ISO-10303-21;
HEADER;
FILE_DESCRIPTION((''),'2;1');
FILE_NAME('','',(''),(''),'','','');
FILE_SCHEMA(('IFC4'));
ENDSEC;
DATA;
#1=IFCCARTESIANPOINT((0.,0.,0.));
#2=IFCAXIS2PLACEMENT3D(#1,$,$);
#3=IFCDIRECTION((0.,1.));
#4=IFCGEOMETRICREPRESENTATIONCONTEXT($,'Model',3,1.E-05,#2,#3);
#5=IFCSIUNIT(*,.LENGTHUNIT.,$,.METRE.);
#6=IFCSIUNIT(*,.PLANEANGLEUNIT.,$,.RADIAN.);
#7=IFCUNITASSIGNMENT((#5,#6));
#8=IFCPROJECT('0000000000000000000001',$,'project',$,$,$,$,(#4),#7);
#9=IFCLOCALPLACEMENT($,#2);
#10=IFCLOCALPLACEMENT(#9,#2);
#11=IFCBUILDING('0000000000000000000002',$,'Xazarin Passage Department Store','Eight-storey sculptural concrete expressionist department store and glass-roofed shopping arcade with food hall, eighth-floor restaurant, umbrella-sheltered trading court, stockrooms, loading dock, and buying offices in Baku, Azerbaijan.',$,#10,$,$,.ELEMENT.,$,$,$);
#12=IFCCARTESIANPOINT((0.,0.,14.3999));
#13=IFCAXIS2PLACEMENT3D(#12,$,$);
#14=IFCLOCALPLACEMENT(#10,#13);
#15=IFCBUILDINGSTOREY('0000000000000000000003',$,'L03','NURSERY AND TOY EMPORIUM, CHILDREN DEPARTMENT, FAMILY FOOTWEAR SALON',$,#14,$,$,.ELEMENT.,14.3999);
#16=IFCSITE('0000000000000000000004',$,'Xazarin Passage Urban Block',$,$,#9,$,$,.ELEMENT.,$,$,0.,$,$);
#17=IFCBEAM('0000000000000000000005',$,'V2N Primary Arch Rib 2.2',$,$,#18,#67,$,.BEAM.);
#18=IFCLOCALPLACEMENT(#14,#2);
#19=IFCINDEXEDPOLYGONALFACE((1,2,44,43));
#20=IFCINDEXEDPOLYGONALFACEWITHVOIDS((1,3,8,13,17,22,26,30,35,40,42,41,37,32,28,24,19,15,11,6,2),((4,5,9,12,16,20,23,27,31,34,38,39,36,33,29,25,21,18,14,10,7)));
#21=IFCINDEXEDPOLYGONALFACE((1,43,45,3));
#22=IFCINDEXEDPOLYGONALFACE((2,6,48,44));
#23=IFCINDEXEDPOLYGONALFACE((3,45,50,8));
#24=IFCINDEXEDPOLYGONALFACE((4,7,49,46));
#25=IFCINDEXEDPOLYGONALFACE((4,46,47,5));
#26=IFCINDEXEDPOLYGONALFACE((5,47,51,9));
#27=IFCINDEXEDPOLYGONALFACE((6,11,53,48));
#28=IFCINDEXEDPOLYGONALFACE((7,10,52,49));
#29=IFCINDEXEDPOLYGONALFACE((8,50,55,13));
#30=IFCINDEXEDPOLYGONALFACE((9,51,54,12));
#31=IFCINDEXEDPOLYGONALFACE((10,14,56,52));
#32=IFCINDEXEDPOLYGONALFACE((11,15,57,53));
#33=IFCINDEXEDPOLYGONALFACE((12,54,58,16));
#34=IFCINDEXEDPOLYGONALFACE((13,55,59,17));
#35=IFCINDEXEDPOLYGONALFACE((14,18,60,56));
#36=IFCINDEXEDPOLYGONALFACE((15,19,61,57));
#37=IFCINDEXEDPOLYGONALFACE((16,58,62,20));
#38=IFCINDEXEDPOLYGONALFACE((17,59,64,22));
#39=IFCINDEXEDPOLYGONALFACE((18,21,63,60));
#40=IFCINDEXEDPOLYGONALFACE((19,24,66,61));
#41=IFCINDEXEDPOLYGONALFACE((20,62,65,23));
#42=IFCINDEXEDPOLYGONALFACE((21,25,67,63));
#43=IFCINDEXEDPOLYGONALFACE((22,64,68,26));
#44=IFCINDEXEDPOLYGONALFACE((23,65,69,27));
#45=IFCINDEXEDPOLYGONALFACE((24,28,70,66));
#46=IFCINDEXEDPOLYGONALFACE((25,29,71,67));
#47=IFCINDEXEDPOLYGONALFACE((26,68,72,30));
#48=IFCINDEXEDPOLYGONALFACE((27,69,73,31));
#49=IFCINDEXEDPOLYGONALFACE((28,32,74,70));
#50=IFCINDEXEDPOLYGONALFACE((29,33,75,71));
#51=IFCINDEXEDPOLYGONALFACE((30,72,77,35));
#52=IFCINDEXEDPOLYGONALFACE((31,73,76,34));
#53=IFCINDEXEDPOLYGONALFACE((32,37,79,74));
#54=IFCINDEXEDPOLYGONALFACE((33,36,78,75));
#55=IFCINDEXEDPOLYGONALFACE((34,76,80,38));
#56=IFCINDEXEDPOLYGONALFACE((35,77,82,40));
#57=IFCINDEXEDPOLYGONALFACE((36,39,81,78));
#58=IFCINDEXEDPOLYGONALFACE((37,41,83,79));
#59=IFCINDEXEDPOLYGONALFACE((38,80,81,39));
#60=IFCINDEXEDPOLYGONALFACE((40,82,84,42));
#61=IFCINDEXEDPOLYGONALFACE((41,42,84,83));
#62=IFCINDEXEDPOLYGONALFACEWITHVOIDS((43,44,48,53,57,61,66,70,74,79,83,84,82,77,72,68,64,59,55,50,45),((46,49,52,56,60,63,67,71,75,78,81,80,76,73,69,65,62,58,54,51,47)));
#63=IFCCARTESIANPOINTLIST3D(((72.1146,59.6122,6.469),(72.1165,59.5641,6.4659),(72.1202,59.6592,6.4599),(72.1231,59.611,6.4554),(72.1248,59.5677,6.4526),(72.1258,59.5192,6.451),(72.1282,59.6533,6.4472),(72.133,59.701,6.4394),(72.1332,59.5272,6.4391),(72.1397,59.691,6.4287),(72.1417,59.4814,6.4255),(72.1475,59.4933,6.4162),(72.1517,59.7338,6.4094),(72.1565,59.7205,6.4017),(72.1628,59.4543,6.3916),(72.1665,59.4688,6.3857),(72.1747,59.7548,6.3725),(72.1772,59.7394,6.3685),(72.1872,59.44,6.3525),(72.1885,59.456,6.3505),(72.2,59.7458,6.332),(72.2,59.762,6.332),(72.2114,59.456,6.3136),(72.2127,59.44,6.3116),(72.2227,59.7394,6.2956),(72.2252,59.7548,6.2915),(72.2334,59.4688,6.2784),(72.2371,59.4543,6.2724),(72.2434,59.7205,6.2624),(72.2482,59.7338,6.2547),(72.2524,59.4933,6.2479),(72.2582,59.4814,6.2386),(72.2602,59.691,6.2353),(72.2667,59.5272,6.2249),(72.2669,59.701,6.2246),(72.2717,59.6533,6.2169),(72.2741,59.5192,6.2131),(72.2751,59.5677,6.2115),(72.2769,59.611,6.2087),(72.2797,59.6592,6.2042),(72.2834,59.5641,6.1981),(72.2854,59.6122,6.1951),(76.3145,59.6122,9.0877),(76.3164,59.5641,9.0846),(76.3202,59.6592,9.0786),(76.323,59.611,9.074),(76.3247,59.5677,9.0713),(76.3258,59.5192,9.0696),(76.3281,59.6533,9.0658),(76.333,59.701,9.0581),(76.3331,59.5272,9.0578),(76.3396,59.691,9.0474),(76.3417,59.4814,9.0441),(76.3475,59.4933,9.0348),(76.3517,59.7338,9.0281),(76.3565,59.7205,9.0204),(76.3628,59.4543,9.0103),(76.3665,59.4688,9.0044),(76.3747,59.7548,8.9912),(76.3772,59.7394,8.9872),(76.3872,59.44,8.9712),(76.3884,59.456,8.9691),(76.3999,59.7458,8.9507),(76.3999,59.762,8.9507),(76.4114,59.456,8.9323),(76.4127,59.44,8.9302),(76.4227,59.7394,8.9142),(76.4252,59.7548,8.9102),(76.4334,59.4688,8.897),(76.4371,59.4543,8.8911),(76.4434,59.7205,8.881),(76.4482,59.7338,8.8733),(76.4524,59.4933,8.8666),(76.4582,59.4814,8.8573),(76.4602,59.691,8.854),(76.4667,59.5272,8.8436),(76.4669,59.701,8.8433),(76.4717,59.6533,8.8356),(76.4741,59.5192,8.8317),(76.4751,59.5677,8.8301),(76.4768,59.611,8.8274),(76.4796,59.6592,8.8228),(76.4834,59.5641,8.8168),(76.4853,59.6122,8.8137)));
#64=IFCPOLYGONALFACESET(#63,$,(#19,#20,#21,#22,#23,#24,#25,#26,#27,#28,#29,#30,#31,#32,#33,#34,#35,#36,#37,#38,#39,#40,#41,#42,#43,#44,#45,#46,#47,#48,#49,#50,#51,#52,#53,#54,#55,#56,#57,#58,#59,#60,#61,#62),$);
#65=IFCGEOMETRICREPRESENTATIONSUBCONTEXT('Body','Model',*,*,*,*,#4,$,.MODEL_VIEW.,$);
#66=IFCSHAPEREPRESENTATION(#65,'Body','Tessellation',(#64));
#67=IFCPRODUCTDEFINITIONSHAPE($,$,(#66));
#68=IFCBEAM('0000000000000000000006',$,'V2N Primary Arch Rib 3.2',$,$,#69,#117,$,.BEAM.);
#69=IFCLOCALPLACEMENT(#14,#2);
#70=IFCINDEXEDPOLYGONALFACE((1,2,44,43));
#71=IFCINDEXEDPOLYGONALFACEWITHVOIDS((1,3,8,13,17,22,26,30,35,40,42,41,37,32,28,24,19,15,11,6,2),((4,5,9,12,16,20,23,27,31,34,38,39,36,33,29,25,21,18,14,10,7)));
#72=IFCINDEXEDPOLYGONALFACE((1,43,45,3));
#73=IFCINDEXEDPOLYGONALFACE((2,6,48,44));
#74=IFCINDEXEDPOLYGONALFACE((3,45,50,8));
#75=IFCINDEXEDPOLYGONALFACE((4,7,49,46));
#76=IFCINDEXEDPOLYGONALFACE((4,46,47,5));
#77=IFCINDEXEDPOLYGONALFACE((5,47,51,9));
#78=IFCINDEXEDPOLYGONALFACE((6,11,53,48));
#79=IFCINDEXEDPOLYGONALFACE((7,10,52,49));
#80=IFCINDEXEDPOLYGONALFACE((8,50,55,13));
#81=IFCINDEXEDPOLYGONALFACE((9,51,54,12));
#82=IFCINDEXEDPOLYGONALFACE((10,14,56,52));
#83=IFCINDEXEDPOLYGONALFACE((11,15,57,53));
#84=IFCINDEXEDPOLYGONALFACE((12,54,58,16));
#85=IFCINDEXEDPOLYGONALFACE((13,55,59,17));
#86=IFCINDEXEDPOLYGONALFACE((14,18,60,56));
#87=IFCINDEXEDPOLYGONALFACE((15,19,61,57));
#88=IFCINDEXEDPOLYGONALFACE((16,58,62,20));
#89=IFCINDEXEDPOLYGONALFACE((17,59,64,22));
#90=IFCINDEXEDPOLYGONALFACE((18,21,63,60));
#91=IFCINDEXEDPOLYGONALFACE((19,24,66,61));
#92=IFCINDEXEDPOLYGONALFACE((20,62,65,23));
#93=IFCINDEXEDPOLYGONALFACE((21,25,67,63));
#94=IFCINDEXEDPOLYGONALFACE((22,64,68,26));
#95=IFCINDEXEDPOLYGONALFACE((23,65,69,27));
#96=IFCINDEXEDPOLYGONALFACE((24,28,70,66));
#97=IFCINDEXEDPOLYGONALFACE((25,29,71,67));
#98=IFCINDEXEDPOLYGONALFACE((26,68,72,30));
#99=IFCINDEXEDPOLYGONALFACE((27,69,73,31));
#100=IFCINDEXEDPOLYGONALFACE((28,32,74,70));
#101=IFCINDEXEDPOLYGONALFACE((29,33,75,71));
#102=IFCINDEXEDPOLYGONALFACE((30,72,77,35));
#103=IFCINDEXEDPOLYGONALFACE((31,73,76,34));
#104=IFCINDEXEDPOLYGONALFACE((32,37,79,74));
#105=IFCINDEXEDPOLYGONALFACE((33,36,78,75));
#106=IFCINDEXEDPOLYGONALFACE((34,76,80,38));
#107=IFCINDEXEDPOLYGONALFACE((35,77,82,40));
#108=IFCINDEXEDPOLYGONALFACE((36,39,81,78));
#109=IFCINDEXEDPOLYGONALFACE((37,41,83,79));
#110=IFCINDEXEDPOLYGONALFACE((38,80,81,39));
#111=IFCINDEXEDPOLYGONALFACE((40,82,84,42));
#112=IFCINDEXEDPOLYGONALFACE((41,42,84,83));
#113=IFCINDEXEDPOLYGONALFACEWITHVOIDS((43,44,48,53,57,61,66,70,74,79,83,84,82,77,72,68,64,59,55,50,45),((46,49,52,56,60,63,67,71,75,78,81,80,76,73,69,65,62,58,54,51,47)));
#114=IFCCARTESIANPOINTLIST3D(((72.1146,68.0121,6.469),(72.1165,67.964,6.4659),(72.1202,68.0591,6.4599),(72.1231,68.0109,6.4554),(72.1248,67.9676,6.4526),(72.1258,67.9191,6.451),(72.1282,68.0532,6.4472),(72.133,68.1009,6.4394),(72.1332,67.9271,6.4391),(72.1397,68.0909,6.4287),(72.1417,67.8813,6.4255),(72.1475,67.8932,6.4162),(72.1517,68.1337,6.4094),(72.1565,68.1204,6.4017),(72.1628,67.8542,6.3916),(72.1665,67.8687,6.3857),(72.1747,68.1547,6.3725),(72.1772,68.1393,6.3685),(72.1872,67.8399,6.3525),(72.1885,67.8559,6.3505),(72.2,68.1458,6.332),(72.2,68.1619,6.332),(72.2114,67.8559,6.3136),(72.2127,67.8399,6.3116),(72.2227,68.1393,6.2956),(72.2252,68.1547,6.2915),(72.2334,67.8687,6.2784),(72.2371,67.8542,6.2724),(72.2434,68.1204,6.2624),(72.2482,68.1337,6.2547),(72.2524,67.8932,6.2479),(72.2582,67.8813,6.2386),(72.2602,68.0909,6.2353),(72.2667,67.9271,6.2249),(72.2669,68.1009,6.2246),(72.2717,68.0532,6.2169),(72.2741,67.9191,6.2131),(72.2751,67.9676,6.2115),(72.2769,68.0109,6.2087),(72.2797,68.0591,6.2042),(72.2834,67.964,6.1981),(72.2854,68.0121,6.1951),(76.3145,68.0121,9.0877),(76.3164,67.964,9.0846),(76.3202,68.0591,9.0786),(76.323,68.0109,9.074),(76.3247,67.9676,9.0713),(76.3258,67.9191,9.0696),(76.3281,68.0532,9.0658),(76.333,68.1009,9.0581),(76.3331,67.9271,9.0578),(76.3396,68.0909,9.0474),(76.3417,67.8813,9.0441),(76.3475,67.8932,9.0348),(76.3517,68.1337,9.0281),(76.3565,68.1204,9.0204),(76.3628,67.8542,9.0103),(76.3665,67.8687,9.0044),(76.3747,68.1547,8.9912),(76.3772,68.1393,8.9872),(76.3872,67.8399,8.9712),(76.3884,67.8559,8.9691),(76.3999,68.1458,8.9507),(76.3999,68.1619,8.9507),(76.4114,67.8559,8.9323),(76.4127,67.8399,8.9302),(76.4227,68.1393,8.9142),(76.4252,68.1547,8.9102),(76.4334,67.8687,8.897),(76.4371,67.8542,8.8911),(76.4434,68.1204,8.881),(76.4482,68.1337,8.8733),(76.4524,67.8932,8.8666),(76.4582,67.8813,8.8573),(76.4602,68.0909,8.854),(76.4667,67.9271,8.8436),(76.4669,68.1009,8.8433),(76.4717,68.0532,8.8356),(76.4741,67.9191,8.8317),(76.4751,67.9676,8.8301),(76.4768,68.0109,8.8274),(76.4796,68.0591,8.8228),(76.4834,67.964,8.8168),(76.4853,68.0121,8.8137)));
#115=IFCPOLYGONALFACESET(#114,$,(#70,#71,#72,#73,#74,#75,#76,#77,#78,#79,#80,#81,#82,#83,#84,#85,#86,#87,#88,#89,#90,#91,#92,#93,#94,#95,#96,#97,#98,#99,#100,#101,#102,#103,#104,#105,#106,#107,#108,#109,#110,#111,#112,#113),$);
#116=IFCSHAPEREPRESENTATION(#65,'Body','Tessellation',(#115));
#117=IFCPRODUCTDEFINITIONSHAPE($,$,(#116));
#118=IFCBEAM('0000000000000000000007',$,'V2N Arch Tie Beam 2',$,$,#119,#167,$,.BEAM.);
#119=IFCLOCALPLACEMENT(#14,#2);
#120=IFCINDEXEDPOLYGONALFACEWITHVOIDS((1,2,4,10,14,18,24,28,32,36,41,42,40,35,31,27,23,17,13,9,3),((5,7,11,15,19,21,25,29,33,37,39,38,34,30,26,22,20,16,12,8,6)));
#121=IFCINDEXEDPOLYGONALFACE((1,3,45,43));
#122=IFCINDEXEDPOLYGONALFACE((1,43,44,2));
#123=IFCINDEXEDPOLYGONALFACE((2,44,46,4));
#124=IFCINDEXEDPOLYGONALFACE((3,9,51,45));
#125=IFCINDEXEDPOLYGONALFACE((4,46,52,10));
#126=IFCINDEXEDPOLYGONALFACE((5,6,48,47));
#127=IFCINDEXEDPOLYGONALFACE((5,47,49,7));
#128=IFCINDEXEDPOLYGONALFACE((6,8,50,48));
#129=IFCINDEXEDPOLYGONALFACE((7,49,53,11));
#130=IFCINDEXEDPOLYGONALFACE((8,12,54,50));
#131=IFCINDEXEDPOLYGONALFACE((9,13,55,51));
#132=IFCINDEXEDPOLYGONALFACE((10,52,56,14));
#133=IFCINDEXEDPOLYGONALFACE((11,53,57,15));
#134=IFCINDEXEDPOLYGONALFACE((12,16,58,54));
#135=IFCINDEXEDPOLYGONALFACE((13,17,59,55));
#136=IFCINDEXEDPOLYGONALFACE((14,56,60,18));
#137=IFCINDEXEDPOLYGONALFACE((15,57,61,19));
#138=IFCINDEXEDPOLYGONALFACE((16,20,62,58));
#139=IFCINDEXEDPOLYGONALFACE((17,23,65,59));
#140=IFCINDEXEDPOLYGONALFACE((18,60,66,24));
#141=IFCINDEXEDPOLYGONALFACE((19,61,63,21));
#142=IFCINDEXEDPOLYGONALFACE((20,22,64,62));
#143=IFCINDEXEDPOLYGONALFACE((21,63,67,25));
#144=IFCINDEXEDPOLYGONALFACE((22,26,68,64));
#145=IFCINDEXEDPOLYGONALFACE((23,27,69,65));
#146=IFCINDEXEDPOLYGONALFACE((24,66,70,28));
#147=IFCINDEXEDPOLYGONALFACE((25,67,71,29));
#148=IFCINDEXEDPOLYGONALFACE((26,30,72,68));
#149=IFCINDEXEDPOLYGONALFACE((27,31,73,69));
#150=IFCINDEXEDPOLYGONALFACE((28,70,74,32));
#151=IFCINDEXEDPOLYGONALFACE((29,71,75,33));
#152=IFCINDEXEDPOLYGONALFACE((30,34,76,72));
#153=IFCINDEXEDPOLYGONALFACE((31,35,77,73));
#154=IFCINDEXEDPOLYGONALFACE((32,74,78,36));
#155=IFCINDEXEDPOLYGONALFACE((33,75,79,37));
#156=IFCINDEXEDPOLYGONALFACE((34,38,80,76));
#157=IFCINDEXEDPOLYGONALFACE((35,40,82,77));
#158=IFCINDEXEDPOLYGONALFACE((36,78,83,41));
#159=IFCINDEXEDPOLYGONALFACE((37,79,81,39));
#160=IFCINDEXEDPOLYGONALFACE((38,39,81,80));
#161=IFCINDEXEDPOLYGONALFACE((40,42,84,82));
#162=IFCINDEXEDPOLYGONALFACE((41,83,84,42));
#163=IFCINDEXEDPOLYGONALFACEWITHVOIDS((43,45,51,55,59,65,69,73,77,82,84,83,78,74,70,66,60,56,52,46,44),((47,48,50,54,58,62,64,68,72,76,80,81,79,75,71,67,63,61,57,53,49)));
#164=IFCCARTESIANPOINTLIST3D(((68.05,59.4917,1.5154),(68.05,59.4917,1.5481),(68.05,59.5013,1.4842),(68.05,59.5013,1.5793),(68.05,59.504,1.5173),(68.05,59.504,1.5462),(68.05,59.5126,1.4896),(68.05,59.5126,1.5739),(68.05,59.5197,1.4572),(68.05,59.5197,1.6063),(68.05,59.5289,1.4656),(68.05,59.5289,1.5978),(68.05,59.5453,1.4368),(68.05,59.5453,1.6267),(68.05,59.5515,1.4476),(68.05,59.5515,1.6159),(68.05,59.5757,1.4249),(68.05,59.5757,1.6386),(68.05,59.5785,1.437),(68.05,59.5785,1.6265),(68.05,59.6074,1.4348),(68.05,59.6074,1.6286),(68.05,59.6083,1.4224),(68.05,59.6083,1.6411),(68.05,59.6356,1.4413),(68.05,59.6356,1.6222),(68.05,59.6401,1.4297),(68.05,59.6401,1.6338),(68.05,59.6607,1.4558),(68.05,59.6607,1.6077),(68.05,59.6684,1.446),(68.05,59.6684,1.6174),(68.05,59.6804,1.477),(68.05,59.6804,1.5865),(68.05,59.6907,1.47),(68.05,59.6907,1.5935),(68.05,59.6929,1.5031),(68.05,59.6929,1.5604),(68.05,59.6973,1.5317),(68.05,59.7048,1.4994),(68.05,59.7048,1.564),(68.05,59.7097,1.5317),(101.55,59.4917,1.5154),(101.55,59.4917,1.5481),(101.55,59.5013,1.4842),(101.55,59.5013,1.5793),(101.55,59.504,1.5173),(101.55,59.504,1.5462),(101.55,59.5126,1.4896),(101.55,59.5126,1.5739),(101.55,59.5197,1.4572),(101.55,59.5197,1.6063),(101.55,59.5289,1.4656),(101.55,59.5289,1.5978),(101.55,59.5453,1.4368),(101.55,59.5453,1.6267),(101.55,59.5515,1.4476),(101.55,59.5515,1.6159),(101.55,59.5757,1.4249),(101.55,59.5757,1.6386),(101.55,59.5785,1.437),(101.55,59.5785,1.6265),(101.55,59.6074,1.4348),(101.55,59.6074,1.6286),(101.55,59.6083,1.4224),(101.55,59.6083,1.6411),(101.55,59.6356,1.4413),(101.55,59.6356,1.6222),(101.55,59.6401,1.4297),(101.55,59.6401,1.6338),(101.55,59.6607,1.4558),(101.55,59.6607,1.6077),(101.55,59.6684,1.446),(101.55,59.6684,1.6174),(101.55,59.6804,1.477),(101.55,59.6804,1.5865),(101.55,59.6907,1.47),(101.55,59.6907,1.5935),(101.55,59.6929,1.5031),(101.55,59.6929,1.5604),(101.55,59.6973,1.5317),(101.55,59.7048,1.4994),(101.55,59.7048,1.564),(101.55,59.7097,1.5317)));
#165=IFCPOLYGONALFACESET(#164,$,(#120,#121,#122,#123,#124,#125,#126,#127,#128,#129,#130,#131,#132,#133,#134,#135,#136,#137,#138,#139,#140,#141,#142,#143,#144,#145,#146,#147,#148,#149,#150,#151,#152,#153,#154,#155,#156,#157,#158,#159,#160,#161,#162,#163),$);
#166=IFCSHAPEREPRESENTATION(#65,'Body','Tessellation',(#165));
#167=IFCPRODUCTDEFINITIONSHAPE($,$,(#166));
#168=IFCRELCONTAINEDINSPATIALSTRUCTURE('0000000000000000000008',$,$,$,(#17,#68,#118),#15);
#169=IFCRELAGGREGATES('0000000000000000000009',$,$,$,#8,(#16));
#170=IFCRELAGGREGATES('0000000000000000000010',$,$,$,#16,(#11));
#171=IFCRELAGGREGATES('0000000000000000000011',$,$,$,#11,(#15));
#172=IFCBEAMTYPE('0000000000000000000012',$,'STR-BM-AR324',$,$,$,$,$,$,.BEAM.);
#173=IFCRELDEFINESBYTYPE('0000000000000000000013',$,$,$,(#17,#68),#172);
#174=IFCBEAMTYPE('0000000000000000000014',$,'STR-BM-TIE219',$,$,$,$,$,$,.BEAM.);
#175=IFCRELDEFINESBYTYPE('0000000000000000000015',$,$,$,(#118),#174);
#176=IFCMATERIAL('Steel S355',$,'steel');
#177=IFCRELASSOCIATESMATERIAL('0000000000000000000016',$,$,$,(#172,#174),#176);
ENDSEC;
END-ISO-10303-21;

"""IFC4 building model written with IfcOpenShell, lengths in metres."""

from ifc_helpers import new_model, si_unit, direction, frame, origin, origin_2d, place, context, subcontext, project, spatial, hollow_circle, extrude, material, material_profile, profile_set, type_object, element, save


model = new_model("IFC4")

# Units and contexts
model_context = context("Model", 3, precision=1e-05, world=origin(), true_north=direction((0.0, 1.0)))
body_context = subcontext(model_context, "Body", "Model", "MODEL_VIEW")
ifc_project = project(units=[si_unit("LENGTHUNIT", "METRE"), si_unit("PLANEANGLEUNIT", "RADIAN")], contexts=[model_context])

# Site, building, storey
site_placement = place(None, origin())
site = spatial("IfcSite", under=ifc_project, at=site_placement, Name="Xazarin Passage Urban Block", CompositionType="ELEMENT", RefElevation=0.0)
building_placement = place(site_placement, origin())
building = spatial("IfcBuilding", under=site, at=building_placement, Name="Xazarin Passage Department Store", Description="Eight-storey sculptural concrete expressionist department store and glass-roofed shopping arcade with food hall, eighth-floor restaurant, umbrella-sheltered trading court, stockrooms, loading dock, and buying offices in Baku, Azerbaijan.", CompositionType="ELEMENT")
storey_placement = place(building_placement, frame((0.0, 0.0, 14.3999)))
storey = spatial("IfcBuildingStorey", under=building, at=storey_placement, Name="L03", Description="NURSERY AND TOY EMPORIUM, CHILDREN DEPARTMENT, FAMILY FOOTWEAR SALON", CompositionType="ELEMENT", Elevation=14.3999)

# Beams
ifc_material_1 = material(Name="Steel S355", Category="steel")
ifc_material_profile_1 = material_profile(ifc_material_1, hollow_circle(Radius=0.1619, WallThickness=0.0161, at=origin_2d()), Name="CHS 323.9x16")
ifc_profile_set_1 = profile_set([ifc_material_profile_1], Name="Steel S355")
beam_type_1 = type_object("IfcBeamType", Name="STR-BM-AR324", PredefinedType="BEAM", material=ifc_profile_set_1)
for number, where, z_axis, x_axis, name in (
    (1, (72.2, 59.6001, 6.332), (0.848571, 0.0, 0.529081), (0.0, 1.0, 0.0), "V2N Primary Arch Rib 2.2"),
    (2, (72.2, 68.0, 6.332), (0.848571, 0.0, 0.529081), (0.0, 1.0, 0.0), "V2N Primary Arch Rib 3.2"),
):
    element("IfcBeam", number, at=place(storey_placement, frame(where, z_axis=z_axis, x_axis=x_axis)), inside=storey, type_object=beam_type_1, Name=name, PredefinedType="BEAM", context=body_context, shape_type="SweptSolid", body=[
        extrude(hollow_circle(Radius=0.1619, WallThickness=0.0161, at=origin_2d()), origin(), (0.0, 0.0, 1.0), 4.9495),
    ])
ifc_material_profile_2 = material_profile(ifc_material_1, hollow_circle(Radius=0.1096, WallThickness=0.0125, at=origin_2d()), Name="CHS 219.1x12.5")
ifc_profile_set_2 = profile_set([ifc_material_profile_2], Name="Steel S355")
beam_type_2 = type_object("IfcBeamType", Name="STR-BM-TIE219", PredefinedType="BEAM", material=ifc_profile_set_2)
for number, where, z_axis, x_axis, name in (
    (3, (68.05, 59.6001, 1.5317), (1.0, 0.0, 0.0), (0.0, 1.0, 0.0), "V2N Arch Tie Beam 2"),
):
    element("IfcBeam", number, at=place(storey_placement, frame(where, z_axis=z_axis, x_axis=x_axis)), inside=storey, type_object=beam_type_2, Name=name, PredefinedType="BEAM", context=body_context, shape_type="SweptSolid", body=[
        extrude(hollow_circle(Radius=0.1096, WallThickness=0.0125, at=origin_2d()), origin(), (0.0, 0.0, 1.0), 33.5),
    ])

save(model, "model.ifc")
